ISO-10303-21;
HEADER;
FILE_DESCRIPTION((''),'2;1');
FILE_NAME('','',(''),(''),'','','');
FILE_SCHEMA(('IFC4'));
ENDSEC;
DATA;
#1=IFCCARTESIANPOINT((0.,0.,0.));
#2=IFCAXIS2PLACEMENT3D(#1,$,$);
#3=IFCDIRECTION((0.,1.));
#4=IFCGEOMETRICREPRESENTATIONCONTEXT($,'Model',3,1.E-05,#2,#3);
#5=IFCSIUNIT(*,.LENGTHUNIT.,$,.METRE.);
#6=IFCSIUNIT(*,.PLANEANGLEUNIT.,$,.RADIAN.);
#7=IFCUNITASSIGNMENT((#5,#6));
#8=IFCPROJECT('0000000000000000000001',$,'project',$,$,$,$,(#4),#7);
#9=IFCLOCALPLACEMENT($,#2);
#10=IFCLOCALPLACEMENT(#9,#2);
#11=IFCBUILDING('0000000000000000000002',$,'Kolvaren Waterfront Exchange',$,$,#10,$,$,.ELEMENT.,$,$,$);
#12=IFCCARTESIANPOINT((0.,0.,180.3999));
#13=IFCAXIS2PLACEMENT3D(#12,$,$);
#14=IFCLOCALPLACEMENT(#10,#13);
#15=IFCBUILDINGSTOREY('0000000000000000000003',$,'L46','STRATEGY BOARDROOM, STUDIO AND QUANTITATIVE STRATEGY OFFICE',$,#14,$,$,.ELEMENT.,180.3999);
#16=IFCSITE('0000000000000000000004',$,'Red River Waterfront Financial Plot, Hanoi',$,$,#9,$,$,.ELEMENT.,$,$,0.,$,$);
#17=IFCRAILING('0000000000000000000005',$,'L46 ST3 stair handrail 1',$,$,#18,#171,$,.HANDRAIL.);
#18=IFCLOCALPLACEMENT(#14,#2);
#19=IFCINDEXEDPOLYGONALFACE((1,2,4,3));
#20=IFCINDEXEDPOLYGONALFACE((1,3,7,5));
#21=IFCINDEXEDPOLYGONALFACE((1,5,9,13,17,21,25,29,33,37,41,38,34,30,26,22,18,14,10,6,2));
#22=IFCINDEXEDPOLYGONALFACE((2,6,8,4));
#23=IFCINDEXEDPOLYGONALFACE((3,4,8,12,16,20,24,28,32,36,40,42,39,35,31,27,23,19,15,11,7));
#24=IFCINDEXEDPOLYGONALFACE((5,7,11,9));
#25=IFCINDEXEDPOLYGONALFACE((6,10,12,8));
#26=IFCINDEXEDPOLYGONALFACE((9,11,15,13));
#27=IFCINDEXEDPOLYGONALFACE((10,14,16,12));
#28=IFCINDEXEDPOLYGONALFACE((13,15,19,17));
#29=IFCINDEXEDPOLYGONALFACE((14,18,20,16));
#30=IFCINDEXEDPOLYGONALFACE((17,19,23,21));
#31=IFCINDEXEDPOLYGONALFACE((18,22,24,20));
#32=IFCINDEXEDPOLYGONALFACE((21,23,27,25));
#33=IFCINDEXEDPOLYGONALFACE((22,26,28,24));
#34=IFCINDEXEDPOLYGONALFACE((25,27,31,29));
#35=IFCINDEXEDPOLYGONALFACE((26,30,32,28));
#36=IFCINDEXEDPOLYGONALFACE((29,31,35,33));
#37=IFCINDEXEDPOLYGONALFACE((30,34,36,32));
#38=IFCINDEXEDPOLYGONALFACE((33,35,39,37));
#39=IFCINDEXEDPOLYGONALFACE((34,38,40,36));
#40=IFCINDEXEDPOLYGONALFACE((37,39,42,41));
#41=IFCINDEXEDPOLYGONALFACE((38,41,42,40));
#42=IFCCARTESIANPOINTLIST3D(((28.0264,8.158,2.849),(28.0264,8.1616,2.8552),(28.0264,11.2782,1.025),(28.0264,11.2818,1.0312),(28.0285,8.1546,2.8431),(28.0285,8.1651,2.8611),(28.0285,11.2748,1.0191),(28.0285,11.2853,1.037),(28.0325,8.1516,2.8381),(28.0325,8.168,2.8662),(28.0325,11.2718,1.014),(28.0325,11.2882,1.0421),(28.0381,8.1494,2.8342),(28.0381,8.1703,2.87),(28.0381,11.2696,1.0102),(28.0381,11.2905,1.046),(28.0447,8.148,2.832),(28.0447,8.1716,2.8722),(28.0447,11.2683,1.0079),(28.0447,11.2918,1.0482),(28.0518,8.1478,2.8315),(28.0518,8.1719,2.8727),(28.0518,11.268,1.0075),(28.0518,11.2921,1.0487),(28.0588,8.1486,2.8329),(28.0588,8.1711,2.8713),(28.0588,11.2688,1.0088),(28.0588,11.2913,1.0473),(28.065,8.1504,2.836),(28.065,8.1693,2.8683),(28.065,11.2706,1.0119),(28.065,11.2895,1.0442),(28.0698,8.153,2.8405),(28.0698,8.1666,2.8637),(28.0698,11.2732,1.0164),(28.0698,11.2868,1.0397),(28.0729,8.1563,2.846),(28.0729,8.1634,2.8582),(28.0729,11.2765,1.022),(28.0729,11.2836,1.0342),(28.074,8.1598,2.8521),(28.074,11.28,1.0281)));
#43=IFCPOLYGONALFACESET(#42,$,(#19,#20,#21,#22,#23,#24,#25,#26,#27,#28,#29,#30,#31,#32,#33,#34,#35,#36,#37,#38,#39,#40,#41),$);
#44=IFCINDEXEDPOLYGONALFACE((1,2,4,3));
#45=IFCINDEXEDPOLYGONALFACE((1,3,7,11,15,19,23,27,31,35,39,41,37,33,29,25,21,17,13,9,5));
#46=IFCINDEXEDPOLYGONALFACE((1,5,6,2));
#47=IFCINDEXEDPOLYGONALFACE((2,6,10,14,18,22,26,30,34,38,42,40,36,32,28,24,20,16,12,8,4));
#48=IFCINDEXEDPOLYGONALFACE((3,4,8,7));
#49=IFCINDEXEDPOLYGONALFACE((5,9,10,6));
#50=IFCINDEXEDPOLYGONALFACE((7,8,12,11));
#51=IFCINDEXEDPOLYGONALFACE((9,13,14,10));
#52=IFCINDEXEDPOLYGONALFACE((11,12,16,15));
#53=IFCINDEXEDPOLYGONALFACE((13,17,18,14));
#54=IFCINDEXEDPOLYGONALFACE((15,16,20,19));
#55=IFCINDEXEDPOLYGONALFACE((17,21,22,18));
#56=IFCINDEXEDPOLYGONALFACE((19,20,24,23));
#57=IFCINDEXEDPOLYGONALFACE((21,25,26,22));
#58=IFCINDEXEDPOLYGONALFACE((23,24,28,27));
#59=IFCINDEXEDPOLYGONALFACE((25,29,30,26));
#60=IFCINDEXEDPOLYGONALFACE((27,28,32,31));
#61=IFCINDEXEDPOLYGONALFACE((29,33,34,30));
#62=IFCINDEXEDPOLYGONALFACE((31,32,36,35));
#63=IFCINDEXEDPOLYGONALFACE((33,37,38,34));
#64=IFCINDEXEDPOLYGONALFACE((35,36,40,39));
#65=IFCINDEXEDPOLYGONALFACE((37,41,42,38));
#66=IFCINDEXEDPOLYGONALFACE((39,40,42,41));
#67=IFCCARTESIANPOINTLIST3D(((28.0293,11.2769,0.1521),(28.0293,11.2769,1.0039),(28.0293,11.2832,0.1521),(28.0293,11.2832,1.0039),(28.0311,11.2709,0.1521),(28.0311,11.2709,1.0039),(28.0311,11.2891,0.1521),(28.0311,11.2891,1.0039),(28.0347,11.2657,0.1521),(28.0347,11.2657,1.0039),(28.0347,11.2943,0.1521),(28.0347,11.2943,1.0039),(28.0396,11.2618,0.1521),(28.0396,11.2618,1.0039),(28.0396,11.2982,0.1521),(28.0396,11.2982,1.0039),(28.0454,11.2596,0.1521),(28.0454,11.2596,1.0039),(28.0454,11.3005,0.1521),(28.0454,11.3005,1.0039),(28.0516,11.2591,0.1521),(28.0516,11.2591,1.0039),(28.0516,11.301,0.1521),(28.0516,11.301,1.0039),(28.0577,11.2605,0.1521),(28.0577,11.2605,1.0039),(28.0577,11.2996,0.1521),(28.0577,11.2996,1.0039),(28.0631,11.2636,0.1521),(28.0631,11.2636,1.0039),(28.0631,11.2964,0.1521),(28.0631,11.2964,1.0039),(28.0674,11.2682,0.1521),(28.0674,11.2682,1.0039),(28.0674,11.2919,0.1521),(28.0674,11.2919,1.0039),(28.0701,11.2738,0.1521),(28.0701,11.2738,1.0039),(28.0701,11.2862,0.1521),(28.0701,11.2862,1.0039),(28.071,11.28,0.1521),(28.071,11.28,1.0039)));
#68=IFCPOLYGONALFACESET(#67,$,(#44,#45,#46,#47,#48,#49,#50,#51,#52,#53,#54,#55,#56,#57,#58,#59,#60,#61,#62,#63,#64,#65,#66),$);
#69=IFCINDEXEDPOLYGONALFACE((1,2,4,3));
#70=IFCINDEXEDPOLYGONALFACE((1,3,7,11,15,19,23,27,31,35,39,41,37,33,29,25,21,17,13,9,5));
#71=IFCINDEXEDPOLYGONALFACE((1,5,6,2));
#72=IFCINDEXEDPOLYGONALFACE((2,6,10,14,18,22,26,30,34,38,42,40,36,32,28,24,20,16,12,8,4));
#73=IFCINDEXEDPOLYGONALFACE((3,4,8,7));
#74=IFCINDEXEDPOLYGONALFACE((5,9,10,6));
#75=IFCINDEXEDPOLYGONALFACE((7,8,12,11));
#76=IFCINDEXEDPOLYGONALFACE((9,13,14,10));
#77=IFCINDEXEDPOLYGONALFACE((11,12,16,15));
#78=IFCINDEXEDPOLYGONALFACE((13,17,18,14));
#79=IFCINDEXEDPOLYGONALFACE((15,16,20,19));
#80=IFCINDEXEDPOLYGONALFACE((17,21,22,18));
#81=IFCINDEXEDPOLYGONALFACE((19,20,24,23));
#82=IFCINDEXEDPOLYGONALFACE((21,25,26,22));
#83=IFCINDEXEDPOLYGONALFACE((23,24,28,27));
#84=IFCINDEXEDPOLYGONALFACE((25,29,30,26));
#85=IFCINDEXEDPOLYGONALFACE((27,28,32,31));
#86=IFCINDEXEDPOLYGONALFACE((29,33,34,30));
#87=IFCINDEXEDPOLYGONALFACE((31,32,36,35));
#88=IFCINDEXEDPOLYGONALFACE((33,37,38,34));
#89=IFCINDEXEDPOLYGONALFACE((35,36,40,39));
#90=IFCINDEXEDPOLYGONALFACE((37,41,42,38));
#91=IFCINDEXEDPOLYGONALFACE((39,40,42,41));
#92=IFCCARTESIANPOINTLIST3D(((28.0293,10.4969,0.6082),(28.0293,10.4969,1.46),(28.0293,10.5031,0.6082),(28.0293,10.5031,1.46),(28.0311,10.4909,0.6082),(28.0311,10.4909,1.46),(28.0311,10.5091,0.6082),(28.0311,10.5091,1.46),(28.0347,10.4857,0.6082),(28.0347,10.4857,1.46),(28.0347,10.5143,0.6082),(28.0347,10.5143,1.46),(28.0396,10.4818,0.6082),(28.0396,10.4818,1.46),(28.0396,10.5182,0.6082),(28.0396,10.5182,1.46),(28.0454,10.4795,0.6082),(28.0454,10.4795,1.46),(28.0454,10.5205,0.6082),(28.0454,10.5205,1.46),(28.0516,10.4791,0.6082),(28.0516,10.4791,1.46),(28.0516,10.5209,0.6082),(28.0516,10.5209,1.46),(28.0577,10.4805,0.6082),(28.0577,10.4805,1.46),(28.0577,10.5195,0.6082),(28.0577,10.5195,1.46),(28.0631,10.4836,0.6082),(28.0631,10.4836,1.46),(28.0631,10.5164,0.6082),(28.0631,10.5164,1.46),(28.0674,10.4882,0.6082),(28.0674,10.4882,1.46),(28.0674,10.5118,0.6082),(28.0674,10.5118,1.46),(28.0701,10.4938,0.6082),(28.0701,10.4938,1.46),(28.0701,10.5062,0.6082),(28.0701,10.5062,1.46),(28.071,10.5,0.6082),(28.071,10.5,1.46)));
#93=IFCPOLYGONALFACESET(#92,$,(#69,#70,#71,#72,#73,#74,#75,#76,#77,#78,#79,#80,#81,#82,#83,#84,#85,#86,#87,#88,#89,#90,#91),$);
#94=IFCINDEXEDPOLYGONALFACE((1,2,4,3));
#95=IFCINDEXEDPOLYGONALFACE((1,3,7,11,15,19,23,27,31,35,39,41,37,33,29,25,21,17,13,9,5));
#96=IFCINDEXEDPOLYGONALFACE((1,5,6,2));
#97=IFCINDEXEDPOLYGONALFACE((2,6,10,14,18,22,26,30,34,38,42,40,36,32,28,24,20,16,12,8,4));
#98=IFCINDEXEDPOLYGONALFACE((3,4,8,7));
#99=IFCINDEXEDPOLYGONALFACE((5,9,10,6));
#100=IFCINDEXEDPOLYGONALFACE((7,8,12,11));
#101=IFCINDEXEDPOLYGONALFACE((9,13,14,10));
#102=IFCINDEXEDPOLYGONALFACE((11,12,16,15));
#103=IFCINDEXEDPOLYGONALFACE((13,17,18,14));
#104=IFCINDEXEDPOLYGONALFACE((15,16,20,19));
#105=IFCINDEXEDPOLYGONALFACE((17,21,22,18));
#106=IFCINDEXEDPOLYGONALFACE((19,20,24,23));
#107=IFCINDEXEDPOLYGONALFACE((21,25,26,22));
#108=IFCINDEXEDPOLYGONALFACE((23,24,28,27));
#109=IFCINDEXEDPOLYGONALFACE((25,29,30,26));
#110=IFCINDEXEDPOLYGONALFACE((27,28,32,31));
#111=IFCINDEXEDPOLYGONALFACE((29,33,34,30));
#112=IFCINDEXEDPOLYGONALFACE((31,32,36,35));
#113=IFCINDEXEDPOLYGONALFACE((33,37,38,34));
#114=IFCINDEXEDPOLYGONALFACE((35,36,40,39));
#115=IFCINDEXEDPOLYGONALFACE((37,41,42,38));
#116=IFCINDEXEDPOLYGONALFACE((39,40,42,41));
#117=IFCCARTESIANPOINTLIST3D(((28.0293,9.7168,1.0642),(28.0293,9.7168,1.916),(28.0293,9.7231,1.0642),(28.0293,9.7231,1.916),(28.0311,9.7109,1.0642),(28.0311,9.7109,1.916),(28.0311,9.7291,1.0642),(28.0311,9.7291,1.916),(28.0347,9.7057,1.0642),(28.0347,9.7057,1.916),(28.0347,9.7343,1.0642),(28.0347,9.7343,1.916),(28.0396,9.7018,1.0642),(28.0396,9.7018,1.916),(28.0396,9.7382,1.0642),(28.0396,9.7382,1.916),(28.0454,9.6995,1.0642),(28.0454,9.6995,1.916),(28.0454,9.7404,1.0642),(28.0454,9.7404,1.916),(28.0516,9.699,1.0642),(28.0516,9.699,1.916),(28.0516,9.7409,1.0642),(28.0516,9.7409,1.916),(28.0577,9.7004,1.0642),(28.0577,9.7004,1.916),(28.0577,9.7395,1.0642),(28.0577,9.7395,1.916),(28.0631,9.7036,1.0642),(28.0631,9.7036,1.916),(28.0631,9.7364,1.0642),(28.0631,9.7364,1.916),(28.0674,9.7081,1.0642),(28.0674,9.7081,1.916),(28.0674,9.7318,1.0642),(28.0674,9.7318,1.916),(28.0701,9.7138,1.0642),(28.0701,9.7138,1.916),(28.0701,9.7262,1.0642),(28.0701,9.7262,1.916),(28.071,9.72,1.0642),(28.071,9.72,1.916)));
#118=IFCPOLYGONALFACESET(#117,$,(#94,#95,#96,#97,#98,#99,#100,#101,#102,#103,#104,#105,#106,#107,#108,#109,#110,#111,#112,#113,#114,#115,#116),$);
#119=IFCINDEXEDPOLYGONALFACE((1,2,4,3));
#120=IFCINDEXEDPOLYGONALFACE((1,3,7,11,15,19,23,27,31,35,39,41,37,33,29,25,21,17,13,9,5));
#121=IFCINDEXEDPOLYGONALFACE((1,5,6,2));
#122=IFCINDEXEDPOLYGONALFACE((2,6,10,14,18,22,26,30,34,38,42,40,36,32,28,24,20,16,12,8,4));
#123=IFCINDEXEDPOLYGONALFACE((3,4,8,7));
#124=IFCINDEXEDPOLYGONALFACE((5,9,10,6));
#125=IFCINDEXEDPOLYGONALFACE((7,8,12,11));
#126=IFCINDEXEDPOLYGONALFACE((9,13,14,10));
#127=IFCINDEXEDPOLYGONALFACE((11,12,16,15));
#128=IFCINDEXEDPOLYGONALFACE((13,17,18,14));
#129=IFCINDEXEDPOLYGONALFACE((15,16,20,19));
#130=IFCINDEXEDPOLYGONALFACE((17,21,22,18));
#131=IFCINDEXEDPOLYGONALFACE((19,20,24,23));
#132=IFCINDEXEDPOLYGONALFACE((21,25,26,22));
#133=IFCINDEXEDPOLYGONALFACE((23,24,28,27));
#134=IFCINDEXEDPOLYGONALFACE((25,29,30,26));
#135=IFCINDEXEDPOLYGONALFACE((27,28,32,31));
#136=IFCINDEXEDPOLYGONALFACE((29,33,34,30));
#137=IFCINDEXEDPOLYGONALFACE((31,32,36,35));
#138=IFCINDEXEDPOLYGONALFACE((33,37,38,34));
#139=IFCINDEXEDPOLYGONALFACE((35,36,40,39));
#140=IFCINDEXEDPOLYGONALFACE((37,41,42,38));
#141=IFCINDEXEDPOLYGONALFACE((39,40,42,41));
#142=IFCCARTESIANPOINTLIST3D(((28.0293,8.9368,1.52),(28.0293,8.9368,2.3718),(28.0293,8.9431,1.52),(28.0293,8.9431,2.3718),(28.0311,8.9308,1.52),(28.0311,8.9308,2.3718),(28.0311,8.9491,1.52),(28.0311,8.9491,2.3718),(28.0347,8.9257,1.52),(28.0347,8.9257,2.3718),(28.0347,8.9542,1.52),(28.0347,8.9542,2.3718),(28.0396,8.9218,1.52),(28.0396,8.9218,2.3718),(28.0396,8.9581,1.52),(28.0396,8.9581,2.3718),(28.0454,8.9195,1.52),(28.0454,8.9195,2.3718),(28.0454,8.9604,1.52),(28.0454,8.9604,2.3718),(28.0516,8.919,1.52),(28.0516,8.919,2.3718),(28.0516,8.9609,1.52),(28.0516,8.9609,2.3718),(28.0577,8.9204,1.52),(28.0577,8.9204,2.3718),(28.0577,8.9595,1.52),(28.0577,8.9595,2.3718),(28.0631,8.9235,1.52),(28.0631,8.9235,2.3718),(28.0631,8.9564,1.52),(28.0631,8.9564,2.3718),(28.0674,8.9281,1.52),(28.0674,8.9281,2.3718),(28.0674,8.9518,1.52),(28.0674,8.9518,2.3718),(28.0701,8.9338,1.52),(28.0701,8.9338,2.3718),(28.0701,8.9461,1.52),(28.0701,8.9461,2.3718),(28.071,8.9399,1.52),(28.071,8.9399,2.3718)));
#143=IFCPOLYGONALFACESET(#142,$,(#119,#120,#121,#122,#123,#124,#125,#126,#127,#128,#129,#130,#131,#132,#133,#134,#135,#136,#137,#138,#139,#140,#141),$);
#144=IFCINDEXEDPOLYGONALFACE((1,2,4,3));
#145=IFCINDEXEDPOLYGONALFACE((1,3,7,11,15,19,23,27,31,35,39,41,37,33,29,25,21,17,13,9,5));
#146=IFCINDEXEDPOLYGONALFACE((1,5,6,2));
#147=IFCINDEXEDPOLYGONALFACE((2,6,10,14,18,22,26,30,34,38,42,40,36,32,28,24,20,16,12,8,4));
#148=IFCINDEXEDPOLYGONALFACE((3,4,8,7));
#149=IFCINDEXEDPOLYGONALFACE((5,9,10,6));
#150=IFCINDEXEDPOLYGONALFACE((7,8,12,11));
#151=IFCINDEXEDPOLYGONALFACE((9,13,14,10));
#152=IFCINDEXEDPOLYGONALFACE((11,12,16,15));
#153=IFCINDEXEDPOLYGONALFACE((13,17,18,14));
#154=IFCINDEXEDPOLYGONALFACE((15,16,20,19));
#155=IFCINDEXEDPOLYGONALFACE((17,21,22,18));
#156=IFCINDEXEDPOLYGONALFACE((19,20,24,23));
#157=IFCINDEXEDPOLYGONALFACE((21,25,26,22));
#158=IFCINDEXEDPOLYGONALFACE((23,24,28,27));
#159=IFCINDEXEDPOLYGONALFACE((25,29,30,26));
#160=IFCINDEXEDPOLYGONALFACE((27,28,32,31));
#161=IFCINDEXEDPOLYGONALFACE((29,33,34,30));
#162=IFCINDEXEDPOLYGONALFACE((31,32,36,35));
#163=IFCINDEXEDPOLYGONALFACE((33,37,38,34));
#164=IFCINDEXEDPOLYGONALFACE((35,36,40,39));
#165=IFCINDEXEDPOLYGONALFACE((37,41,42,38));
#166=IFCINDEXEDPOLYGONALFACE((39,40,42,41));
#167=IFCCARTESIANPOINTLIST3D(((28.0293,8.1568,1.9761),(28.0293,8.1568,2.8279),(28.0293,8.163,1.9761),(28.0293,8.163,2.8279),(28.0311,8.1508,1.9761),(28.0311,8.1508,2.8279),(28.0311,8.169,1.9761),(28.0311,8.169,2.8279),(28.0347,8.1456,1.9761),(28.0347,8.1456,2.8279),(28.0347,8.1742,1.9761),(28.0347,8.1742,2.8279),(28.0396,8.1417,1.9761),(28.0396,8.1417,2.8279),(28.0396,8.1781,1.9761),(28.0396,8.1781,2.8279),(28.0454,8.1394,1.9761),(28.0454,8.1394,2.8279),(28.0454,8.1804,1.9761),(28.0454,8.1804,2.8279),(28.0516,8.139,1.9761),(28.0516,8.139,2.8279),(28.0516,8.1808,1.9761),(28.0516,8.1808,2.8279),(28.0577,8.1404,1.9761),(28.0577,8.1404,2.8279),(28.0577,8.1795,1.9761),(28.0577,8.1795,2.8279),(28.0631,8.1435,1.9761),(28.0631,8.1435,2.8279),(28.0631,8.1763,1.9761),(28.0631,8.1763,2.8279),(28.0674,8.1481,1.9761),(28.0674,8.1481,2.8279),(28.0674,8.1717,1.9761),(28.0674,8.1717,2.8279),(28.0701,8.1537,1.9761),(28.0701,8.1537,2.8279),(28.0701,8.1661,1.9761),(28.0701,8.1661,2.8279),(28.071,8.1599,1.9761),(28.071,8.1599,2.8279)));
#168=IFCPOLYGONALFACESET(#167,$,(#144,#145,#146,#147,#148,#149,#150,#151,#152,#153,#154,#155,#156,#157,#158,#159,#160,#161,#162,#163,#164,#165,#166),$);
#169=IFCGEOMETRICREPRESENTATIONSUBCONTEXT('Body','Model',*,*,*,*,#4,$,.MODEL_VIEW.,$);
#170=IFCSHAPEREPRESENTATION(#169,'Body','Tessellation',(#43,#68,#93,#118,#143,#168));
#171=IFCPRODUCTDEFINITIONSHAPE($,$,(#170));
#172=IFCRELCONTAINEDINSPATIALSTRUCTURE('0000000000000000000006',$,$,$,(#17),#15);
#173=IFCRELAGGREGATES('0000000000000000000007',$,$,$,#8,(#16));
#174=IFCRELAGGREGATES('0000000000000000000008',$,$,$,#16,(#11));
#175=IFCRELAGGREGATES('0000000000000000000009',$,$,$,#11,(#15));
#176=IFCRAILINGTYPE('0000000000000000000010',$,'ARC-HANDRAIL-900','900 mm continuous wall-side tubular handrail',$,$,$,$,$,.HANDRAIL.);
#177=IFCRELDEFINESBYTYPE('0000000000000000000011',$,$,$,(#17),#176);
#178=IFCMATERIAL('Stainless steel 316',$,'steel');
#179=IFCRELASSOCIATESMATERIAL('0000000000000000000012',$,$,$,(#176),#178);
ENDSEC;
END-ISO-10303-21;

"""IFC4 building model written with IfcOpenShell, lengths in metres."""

from ifc_helpers import new_model, si_unit, direction, frame, origin, origin_2d, place, context, subcontext, project, spatial, circle, extrude, material, type_object, element, save


model = new_model("IFC4")

# Units and contexts
model_context = context("Model", 3, precision=1e-05, world=origin(), true_north=direction((0.0, 1.0)))
body_context = subcontext(model_context, "Body", "Model", "MODEL_VIEW")
ifc_project = project(units=[si_unit("LENGTHUNIT", "METRE"), si_unit("PLANEANGLEUNIT", "RADIAN")], contexts=[model_context])

# Site, building, storey
site_placement = place(None, origin())
site = spatial("IfcSite", under=ifc_project, at=site_placement, Name="Red River Waterfront Financial Plot, Hanoi", CompositionType="ELEMENT", RefElevation=0.0)
building_placement = place(site_placement, origin())
building = spatial("IfcBuilding", under=site, at=building_placement, Name="Kolvaren Waterfront Exchange", CompositionType="ELEMENT")
storey_placement = place(building_placement, frame((0.0, 0.0, 180.3999)))
storey = spatial("IfcBuildingStorey", under=building, at=storey_placement, Name="L46", Description="STRATEGY BOARDROOM, STUDIO AND QUANTITATIVE STRATEGY OFFICE", CompositionType="ELEMENT", Elevation=180.3999)

# Railing
ifc_material_1 = material(Name="Stainless steel 316", Category="steel")
railing_type_1 = type_object("IfcRailingType", Name="ARC-HANDRAIL-900", Description="900 mm continuous wall-side tubular handrail", PredefinedType="HANDRAIL", material=ifc_material_1)
railing_1_placement = place(storey_placement, frame((28.05, 11.28, 0.1521)))
element("IfcRailing", 1, at=railing_1_placement, inside=storey, type_object=railing_type_1, Name="L46 ST3 stair handrail 1", PredefinedType="HANDRAIL", context=body_context, shape_type="SweptSolid", body=[
    extrude(circle(Radius=0.0239, at=origin_2d()), frame((0.0, 0.0, 0.876), z_axis=(0.0, -0.863308, 0.504677), x_axis=(1.0, 0.0, 0.0)), (0.0, 0.0, 1.0), 3.6143),
    extrude(circle(Radius=0.021, at=origin_2d()), origin(), (0.0, 0.0, 1.0), 0.8518),
    extrude(circle(Radius=0.021, at=origin_2d()), frame((0.0, -0.78, 0.4561)), (0.0, 0.0, 1.0), 0.8518),
    extrude(circle(Radius=0.021, at=origin_2d()), frame((0.0, -1.5601, 0.9121)), (0.0, 0.0, 1.0), 0.8518),
    extrude(circle(Radius=0.021, at=origin_2d()), frame((0.0, -2.3401, 1.3679)), (0.0, 0.0, 1.0), 0.8518),
    extrude(circle(Radius=0.021, at=origin_2d()), frame((0.0, -3.1201, 1.824)), (0.0, 0.0, 1.0), 0.8518),
])

save(model, "model.ifc")
